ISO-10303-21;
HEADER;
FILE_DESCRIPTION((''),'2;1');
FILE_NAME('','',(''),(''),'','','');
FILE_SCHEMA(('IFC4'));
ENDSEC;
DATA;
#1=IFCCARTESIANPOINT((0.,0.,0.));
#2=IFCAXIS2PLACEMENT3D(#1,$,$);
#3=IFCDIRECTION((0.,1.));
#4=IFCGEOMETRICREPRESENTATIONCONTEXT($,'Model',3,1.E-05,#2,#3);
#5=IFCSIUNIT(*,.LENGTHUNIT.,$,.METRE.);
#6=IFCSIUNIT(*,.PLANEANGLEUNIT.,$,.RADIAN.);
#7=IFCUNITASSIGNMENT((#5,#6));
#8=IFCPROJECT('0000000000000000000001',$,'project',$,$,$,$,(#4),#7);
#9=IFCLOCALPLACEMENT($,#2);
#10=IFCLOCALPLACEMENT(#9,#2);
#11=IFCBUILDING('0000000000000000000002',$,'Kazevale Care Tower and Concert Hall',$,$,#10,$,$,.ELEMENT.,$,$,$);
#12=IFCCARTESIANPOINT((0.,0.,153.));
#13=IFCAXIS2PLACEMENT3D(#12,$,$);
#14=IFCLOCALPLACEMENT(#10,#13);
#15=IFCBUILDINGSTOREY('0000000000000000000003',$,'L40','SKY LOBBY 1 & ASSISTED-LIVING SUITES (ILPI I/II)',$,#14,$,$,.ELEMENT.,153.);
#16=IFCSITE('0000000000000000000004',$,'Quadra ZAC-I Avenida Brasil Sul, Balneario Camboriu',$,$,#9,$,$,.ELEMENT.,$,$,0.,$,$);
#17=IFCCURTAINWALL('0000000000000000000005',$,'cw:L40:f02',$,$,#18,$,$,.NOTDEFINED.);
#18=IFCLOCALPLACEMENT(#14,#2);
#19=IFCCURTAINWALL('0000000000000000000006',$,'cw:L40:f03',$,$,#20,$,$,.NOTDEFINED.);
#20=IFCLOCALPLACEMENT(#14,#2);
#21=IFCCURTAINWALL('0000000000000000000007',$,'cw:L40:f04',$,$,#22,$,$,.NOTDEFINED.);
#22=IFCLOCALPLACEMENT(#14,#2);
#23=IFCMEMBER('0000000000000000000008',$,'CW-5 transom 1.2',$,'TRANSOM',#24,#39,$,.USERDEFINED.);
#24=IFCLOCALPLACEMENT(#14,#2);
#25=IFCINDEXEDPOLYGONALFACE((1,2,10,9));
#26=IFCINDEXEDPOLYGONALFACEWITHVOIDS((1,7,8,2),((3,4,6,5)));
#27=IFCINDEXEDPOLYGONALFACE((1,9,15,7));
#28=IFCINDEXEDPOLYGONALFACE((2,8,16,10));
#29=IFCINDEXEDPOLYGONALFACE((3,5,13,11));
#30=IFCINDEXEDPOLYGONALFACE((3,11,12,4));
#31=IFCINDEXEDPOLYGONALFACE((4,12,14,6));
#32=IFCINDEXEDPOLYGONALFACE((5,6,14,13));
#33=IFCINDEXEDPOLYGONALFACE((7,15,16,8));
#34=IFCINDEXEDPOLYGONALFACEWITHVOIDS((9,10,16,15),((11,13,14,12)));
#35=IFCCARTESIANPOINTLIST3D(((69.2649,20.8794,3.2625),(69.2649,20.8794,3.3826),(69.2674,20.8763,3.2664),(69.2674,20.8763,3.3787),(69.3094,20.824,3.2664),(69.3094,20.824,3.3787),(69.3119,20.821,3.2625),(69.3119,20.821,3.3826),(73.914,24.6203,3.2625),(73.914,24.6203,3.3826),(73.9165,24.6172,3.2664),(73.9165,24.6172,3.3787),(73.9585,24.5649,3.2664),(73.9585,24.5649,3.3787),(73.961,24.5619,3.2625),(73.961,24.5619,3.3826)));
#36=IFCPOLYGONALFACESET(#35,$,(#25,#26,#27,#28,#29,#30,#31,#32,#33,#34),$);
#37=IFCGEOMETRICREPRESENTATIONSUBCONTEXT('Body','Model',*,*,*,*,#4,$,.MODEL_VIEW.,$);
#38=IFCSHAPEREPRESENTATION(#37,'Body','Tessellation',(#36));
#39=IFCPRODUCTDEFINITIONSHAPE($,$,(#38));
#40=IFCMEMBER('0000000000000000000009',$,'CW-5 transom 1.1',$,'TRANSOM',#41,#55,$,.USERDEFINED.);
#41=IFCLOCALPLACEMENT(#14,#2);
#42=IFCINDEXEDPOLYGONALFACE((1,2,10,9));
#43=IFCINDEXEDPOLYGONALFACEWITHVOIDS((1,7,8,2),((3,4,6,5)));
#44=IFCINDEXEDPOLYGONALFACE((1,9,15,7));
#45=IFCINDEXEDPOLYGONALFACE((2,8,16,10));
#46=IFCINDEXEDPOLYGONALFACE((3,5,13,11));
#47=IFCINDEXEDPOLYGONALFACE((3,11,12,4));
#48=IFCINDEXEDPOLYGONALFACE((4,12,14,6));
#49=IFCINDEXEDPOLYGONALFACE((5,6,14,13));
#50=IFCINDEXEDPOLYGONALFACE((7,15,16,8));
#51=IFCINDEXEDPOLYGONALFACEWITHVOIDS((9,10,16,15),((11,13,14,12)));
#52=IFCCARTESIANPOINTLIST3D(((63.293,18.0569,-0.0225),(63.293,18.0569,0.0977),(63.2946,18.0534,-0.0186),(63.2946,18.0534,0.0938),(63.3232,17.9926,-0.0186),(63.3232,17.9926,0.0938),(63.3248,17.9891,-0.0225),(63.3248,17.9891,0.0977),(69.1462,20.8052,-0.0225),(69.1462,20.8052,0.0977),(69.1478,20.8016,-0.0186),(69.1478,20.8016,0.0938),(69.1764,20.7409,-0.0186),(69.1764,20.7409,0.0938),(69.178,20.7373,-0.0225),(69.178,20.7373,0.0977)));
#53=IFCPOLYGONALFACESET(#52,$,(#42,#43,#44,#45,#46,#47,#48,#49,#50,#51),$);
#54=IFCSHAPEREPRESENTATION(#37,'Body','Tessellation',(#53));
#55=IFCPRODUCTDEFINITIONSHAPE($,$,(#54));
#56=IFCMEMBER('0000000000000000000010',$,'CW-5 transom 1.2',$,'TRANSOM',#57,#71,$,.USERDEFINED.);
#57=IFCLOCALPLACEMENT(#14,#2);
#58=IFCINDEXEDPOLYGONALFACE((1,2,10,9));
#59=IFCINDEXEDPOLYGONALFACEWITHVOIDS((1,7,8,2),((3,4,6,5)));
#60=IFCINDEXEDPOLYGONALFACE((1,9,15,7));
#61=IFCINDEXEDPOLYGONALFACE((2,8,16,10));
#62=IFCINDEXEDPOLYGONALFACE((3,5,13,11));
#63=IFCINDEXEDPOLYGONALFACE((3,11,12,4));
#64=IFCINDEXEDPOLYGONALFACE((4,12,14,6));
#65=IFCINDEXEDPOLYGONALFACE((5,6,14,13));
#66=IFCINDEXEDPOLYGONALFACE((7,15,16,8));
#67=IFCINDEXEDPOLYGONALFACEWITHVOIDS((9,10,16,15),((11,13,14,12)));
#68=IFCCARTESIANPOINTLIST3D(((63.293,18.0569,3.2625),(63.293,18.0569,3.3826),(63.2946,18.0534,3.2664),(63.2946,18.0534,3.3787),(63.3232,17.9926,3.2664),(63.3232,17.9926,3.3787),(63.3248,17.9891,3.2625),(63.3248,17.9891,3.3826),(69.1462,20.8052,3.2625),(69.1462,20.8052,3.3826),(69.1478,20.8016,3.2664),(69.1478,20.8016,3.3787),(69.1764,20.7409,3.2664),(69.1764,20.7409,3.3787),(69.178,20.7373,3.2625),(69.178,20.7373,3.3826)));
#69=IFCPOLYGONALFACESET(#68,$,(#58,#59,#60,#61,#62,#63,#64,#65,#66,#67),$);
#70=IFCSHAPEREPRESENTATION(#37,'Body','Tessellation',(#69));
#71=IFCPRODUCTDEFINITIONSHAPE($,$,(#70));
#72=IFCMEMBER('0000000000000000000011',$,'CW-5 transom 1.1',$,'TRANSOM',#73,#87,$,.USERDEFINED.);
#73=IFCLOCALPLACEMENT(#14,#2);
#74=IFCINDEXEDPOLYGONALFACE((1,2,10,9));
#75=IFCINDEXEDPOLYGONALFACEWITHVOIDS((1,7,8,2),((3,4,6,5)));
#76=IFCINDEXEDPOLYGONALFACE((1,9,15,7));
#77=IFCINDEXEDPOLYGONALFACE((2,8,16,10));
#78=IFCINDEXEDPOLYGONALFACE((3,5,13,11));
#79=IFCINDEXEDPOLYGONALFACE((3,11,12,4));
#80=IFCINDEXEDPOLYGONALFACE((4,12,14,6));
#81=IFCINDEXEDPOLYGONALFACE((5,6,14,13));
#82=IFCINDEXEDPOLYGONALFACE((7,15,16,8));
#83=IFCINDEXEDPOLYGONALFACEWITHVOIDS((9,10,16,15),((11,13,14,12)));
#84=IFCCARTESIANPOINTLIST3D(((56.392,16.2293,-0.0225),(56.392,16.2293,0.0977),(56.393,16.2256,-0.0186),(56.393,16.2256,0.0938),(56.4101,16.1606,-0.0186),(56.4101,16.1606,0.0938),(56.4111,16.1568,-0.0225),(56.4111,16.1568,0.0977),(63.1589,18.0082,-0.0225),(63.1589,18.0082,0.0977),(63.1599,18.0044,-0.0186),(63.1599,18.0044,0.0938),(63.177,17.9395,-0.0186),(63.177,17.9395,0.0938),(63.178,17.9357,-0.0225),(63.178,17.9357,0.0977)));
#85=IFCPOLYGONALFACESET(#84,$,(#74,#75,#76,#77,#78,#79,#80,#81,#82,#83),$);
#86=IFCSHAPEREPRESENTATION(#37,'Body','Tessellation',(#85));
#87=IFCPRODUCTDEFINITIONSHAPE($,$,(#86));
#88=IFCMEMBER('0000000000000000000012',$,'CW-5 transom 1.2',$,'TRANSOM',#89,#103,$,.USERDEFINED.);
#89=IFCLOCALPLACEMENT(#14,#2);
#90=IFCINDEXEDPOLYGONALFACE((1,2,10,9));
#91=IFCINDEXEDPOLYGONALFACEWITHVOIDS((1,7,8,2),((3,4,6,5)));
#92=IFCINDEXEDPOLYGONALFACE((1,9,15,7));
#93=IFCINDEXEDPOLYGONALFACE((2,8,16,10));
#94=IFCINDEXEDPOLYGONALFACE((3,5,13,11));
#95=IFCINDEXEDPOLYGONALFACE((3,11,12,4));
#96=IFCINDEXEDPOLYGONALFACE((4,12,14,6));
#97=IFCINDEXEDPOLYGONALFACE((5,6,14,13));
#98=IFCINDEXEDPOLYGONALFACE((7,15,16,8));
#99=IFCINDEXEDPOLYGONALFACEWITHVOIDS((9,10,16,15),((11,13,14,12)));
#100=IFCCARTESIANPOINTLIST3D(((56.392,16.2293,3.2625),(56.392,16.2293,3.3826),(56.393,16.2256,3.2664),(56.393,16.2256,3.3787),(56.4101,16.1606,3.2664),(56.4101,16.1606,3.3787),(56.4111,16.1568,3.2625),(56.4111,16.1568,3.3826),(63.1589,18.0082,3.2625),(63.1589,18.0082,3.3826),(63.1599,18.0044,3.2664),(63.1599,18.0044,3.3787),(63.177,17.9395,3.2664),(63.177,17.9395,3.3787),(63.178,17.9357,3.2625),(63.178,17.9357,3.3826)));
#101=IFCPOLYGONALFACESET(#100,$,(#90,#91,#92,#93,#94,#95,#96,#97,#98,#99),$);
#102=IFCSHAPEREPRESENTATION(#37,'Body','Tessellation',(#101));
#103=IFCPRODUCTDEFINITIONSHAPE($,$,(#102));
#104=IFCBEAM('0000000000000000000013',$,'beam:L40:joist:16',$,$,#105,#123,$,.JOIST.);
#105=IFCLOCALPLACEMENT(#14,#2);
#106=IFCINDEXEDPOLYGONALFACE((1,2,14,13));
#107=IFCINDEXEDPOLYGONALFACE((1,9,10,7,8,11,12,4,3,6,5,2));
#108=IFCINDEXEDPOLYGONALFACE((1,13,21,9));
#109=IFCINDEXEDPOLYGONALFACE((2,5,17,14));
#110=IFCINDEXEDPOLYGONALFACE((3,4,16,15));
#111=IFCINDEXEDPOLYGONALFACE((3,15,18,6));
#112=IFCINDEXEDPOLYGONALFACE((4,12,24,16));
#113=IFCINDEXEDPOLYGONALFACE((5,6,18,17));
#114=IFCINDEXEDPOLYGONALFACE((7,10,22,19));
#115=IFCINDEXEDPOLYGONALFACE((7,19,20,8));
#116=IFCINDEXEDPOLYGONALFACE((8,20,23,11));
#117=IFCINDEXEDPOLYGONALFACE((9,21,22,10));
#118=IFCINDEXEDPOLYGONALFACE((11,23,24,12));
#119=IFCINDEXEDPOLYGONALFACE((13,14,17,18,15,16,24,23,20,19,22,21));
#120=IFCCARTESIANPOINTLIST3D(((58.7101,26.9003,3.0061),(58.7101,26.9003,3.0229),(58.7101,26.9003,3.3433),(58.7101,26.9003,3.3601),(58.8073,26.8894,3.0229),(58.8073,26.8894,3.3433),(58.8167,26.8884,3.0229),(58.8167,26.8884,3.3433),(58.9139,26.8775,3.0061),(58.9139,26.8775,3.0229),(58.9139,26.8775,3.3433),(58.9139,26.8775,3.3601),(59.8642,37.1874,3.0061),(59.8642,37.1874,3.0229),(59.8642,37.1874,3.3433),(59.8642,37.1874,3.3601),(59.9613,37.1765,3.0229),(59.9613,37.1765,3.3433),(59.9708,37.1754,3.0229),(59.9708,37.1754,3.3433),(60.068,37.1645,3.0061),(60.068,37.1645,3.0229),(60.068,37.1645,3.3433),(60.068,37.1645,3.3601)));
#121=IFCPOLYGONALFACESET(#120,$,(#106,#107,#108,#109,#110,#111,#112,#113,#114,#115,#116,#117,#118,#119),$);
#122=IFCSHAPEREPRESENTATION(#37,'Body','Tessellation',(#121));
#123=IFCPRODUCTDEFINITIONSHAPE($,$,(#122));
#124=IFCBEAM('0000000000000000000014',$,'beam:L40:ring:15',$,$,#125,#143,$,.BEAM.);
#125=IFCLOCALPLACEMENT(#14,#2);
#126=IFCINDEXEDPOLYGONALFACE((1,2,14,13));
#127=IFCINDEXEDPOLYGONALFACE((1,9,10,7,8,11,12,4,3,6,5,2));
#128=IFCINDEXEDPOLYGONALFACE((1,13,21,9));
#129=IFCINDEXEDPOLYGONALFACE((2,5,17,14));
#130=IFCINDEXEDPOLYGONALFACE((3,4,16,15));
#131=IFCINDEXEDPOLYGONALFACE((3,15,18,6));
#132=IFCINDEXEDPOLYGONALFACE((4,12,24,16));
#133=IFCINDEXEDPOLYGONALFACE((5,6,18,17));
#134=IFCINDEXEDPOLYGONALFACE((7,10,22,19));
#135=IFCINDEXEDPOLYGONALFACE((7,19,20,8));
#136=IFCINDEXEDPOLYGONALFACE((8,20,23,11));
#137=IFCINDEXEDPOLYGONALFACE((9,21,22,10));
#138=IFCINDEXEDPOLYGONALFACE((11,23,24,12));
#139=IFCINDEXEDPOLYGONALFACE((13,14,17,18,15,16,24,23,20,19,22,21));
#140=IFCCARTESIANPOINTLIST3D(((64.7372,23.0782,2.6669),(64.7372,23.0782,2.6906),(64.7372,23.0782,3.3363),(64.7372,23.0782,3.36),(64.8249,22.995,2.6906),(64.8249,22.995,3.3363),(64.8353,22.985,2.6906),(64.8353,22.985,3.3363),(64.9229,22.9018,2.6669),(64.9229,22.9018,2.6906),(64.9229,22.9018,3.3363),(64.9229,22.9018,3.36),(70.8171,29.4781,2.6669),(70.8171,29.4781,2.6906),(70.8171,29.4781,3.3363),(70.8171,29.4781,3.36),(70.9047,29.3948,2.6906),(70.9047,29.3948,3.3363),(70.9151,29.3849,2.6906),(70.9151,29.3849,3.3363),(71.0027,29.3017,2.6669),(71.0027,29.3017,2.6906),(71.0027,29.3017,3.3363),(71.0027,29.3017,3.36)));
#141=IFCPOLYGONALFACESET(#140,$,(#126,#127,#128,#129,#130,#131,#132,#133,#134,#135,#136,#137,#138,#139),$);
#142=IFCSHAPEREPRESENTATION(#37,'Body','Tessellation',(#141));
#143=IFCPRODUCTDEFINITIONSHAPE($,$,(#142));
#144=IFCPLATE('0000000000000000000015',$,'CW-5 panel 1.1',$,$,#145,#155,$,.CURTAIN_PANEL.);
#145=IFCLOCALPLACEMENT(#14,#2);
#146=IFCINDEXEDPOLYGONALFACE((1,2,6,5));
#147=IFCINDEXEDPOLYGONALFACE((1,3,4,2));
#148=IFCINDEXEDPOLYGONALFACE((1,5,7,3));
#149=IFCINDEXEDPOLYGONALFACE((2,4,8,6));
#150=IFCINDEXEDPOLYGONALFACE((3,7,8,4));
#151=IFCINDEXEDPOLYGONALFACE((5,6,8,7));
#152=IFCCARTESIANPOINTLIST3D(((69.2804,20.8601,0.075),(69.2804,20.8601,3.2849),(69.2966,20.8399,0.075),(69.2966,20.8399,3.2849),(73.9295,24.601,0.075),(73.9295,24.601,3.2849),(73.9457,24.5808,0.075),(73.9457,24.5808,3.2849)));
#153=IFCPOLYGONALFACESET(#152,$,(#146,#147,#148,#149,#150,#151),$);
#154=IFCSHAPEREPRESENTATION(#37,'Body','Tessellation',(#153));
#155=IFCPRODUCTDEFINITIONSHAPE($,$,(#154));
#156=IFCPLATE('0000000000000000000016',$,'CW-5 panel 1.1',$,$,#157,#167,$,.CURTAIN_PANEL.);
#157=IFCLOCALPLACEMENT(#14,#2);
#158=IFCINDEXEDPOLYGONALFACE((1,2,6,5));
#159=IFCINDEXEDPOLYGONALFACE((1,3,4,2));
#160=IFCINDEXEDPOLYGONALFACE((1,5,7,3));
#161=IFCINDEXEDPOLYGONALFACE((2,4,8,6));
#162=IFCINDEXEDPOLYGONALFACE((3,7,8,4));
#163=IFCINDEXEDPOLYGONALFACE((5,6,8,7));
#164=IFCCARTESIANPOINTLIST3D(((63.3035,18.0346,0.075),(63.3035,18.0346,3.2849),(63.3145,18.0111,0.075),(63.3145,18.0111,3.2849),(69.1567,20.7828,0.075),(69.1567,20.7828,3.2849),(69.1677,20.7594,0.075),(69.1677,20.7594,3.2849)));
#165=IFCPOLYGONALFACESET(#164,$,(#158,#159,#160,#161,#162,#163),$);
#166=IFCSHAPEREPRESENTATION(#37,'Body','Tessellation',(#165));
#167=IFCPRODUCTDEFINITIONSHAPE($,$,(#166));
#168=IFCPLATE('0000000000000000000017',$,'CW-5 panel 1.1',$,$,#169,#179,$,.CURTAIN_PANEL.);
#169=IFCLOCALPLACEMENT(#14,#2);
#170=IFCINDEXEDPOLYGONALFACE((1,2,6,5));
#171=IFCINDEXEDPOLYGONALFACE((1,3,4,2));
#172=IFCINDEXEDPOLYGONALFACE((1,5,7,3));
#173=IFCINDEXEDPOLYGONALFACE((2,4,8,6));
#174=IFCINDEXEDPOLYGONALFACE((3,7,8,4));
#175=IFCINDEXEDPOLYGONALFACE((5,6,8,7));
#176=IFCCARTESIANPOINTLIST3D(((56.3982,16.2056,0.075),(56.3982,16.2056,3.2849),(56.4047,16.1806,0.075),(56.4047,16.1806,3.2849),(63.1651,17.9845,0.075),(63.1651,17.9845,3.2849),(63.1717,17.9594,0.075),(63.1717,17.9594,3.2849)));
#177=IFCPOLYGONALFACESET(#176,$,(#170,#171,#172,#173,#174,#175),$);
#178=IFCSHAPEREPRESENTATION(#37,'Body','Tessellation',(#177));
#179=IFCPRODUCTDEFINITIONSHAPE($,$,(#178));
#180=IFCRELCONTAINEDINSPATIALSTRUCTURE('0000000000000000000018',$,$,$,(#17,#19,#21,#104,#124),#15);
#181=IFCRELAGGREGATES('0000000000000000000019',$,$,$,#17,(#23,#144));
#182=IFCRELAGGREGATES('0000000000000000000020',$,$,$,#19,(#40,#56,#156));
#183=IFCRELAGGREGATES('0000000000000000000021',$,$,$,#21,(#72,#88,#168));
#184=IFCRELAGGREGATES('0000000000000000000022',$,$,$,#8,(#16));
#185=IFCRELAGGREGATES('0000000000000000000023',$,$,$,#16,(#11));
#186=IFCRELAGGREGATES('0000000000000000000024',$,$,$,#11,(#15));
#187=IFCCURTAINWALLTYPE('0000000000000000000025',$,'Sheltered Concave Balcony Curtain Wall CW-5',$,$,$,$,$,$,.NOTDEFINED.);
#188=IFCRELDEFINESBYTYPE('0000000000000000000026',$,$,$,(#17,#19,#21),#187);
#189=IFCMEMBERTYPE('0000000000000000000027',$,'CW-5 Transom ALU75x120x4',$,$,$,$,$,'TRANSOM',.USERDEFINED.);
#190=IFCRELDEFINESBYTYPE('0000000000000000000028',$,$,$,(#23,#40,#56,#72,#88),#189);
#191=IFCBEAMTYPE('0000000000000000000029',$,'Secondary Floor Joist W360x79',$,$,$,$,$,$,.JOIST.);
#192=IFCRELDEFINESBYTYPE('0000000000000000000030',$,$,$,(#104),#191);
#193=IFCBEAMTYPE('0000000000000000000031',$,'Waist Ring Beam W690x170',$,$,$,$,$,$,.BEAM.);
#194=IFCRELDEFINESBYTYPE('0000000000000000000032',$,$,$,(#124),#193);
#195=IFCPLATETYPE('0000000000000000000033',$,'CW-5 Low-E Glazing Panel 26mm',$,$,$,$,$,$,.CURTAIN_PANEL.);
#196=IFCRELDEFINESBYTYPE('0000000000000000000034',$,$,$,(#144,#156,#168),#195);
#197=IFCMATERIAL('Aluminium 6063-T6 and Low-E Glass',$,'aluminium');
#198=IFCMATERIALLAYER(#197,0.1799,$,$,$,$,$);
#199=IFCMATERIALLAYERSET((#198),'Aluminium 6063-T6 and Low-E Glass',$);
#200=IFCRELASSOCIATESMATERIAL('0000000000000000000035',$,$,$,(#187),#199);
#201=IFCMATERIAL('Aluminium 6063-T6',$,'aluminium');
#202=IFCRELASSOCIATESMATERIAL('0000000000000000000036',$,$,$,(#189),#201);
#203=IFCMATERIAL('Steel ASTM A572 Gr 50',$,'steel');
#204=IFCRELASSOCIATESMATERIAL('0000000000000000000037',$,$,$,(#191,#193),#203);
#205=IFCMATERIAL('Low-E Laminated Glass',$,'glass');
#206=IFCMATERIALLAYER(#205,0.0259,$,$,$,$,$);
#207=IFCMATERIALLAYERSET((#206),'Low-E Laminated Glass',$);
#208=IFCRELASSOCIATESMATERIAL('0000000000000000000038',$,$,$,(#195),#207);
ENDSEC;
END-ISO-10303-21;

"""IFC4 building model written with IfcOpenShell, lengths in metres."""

from ifc_helpers import new_model, si_unit, direction, frame, origin, origin_2d, place, context, subcontext, project, spatial, rectangle, hollow_rectangle, i_section, extrude, material, layer, layer_set, material_profile, profile_set, type_object, element, aggregate, save


model = new_model("IFC4")

# Units and contexts
model_context = context("Model", 3, precision=1e-05, world=origin(), true_north=direction((0.0, 1.0)))
body_context = subcontext(model_context, "Body", "Model", "MODEL_VIEW")
ifc_project = project(units=[si_unit("LENGTHUNIT", "METRE"), si_unit("PLANEANGLEUNIT", "RADIAN")], contexts=[model_context])

# Site, building, storey
site_placement = place(None, origin())
site = spatial("IfcSite", under=ifc_project, at=site_placement, Name="Quadra ZAC-I Avenida Brasil Sul, Balneario Camboriu", CompositionType="ELEMENT", RefElevation=0.0)
building_placement = place(site_placement, origin())
building = spatial("IfcBuilding", under=site, at=building_placement, Name="Kazevale Care Tower and Concert Hall", CompositionType="ELEMENT")
storey_placement = place(building_placement, frame((0.0, 0.0, 153.0)))
storey = spatial("IfcBuildingStorey", under=building, at=storey_placement, Name="L40", Description="SKY LOBBY 1 & ASSISTED-LIVING SUITES (ILPI I/II)", CompositionType="ELEMENT", Elevation=153.0)

# Shared definitions
ifc_material_1 = material(Name="Aluminium 6063-T6 and Low-E Glass", Category="aluminium")
ifc_material_2 = material(Name="Aluminium 6063-T6", Category="aluminium")

# Curtain walls
ifc_layer_1 = layer(ifc_material_1, 0.1799)
ifc_layer_set_1 = layer_set([ifc_layer_1], Name="Aluminium 6063-T6 and Low-E Glass")
curtain_wall_type_1 = type_object("IfcCurtainWallType", Name="Sheltered Concave Balcony Curtain Wall CW-5", PredefinedType="NOTDEFINED", material=ifc_layer_set_1)
curtain_wall_1_placement = place(storey_placement, origin())
curtain_wall_1 = element("IfcCurtainWall", 1, at=curtain_wall_1_placement, inside=storey, type_object=curtain_wall_type_1, Name="cw:L40:f02", PredefinedType="NOTDEFINED")
curtain_wall_2_placement = place(storey_placement, origin())
curtain_wall_2 = element("IfcCurtainWall", 2, at=curtain_wall_2_placement, inside=storey, type_object=curtain_wall_type_1, Name="cw:L40:f03", PredefinedType="NOTDEFINED")

# Curtain wall
curtain_wall_3_placement = place(storey_placement, origin())
curtain_wall_3 = element("IfcCurtainWall", 3, at=curtain_wall_3_placement, inside=storey, type_object=curtain_wall_type_1, Name="cw:L40:f04", PredefinedType="NOTDEFINED")

# Members
ifc_material_profile_1 = material_profile(ifc_material_2, hollow_rectangle(XDim=0.075, YDim=0.1201, WallThickness=0.0039, at=origin_2d()), Name="ALU75x120x4")
ifc_profile_set_1 = profile_set([ifc_material_profile_1], Name="Aluminium 6063-T6")
member_type_1 = type_object("IfcMemberType", Name="CW-5 Transom ALU75x120x4", ElementType="TRANSOM", PredefinedType="USERDEFINED", material=ifc_profile_set_1)
member_1_placement = place(storey_placement, frame((73.9375, 24.5911, 3.3225), z_axis=(-0.779097, -0.626903, 0.0), x_axis=(0.626903, -0.779097, 0.0)))
member_1 = element("IfcMember", 4, at=member_1_placement, type_object=member_type_1, Name="CW-5 transom 1.2", ObjectType="TRANSOM", PredefinedType="USERDEFINED", context=body_context, shape_type="SweptSolid", body=[
    extrude(hollow_rectangle(XDim=0.075, YDim=0.1201, WallThickness=0.0039, at=origin_2d()), origin(), (0.0, 0.0, 1.0), 5.9673),
])
member_2_placement = place(storey_placement, frame((69.1621, 20.7712, 0.0376), z_axis=(-0.905187, -0.425013, 0.0), x_axis=(0.425013, -0.905187, 0.0)))
member_2 = element("IfcMember", 5, at=member_2_placement, type_object=member_type_1, Name="CW-5 transom 1.1", ObjectType="TRANSOM", PredefinedType="USERDEFINED", context=body_context, shape_type="SweptSolid", body=[
    extrude(hollow_rectangle(XDim=0.075, YDim=0.1201, WallThickness=0.0039, at=origin_2d()), origin(), (0.0, 0.0, 1.0), 6.4663),
])
member_3_placement = place(storey_placement, frame((69.1621, 20.7712, 3.3225), z_axis=(-0.905187, -0.425013, 0.0), x_axis=(0.425013, -0.905187, 0.0)))
member_3 = element("IfcMember", 6, at=member_3_placement, type_object=member_type_1, Name="CW-5 transom 1.2", ObjectType="TRANSOM", PredefinedType="USERDEFINED", context=body_context, shape_type="SweptSolid", body=[
    extrude(hollow_rectangle(XDim=0.075, YDim=0.1201, WallThickness=0.0039, at=origin_2d()), origin(), (0.0, 0.0, 1.0), 6.4663),
])
member_4_placement = place(storey_placement, frame((63.1685, 17.9719, 0.0376), z_axis=(-0.967143, -0.254234, 0.0), x_axis=(0.254234, -0.967143, 0.0)))
member_4 = element("IfcMember", 7, at=member_4_placement, type_object=member_type_1, Name="CW-5 transom 1.1", ObjectType="TRANSOM", PredefinedType="USERDEFINED", context=body_context, shape_type="SweptSolid", body=[
    extrude(hollow_rectangle(XDim=0.075, YDim=0.1201, WallThickness=0.0039, at=origin_2d()), origin(), (0.0, 0.0, 1.0), 6.9968),
])
member_5_placement = place(storey_placement, frame((63.1685, 17.9719, 3.3225), z_axis=(-0.967143, -0.254234, 0.0), x_axis=(0.254234, -0.967143, 0.0)))
member_5 = element("IfcMember", 8, at=member_5_placement, type_object=member_type_1, Name="CW-5 transom 1.2", ObjectType="TRANSOM", PredefinedType="USERDEFINED", context=body_context, shape_type="SweptSolid", body=[
    extrude(hollow_rectangle(XDim=0.075, YDim=0.1201, WallThickness=0.0039, at=origin_2d()), origin(), (0.0, 0.0, 1.0), 6.9968),
])

# Beams
ifc_material_3 = material(Name="Steel ASTM A572 Gr 50", Category="steel")
ifc_material_profile_2 = material_profile(ifc_material_3, i_section(OverallWidth=0.2051, OverallDepth=0.354, WebThickness=0.0095, FlangeThickness=0.0168, at=origin_2d()), Name="W360x79")
ifc_profile_set_2 = profile_set([ifc_material_profile_2], Name="Steel ASTM A572 Gr 50")
beam_type_1 = type_object("IfcBeamType", Name="Secondary Floor Joist W360x79", PredefinedType="JOIST", material=ifc_profile_set_2)
beam_1_placement = place(storey_placement, frame((58.812, 26.8889, 3.1831), z_axis=(0.111485, 0.993766, 0.0), x_axis=(-0.993766, 0.111485, 0.0)))
element("IfcBeam", 9, at=beam_1_placement, inside=storey, type_object=beam_type_1, Name="beam:L40:joist:16", PredefinedType="JOIST", context=body_context, shape_type="SweptSolid", body=[
    extrude(i_section(OverallWidth=0.2051, OverallDepth=0.354, WebThickness=0.0095, FlangeThickness=0.0168, at=origin_2d()), origin(), (0.0, 0.0, 1.0), 10.3516),
])
ifc_material_profile_3 = material_profile(ifc_material_3, i_section(OverallWidth=0.2561, OverallDepth=0.6931, WebThickness=0.0144, FlangeThickness=0.0237, at=origin_2d()), Name="W690x170")
ifc_profile_set_3 = profile_set([ifc_material_profile_3], Name="Steel ASTM A572 Gr 50")
beam_type_2 = type_object("IfcBeamType", Name="Waist Ring Beam W690x170", PredefinedType="BEAM", material=ifc_profile_set_3)
beam_2_placement = place(storey_placement, frame((64.8301, 22.99, 3.0134), z_axis=(0.688745, 0.725004, 0.0), x_axis=(-0.725004, 0.688745, 0.0)))
element("IfcBeam", 10, at=beam_2_placement, inside=storey, type_object=beam_type_2, Name="beam:L40:ring:15", PredefinedType="BEAM", context=body_context, shape_type="SweptSolid", body=[
    extrude(i_section(OverallWidth=0.2561, OverallDepth=0.6931, WebThickness=0.0144, FlangeThickness=0.0237, at=origin_2d()), origin(), (0.0, 0.0, 1.0), 8.8274),
])

# Plates
ifc_material_4 = material(Name="Low-E Laminated Glass", Category="glass")
ifc_layer_2 = layer(ifc_material_4, 0.0259)
ifc_layer_set_2 = layer_set([ifc_layer_2], Name="Low-E Laminated Glass")
plate_type = type_object("IfcPlateType", Name="CW-5 Low-E Glazing Panel 26mm", PredefinedType="CURTAIN_PANEL", material=ifc_layer_set_2)
plate_1_placement = place(storey_placement, frame((71.613, 22.7205, 0.075), z_axis=(0.0, 0.0, 1.0), x_axis=(-0.779095, -0.626905, 0.0)))
plate_1 = element("IfcPlate", 11, at=plate_1_placement, type_object=plate_type, Name="CW-5 panel 1.1", PredefinedType="CURTAIN_PANEL", context=body_context, shape_type="SweptSolid", body=[
    extrude(rectangle(XDim=5.9673, YDim=0.0259, at=origin_2d()), origin(), (0.0, 0.0, 1.0), 3.21),
])
aggregate(curtain_wall_1, [member_1, plate_1])
plate_2_placement = place(storey_placement, frame((66.2356, 19.397, 0.075), z_axis=(0.0, 0.0, 1.0), x_axis=(-0.905188, -0.425011, 0.0)))
plate_2 = element("IfcPlate", 12, at=plate_2_placement, type_object=plate_type, Name="CW-5 panel 1.1", PredefinedType="CURTAIN_PANEL", context=body_context, shape_type="SweptSolid", body=[
    extrude(rectangle(XDim=6.4663, YDim=0.0259, at=origin_2d()), origin(), (0.0, 0.0, 1.0), 3.21),
])
aggregate(curtain_wall_2, [member_2, member_3, plate_2])
plate_3_placement = place(storey_placement, frame((59.7849, 17.0825, 0.075), z_axis=(0.0, 0.0, 1.0), x_axis=(-0.967142, -0.254238, 0.0)))
plate_3 = element("IfcPlate", 13, at=plate_3_placement, type_object=plate_type, Name="CW-5 panel 1.1", PredefinedType="CURTAIN_PANEL", context=body_context, shape_type="SweptSolid", body=[
    extrude(rectangle(XDim=6.9968, YDim=0.0259, at=origin_2d()), origin(), (0.0, 0.0, 1.0), 3.21),
])
aggregate(curtain_wall_3, [member_4, member_5, plate_3])

save(model, "model.ifc")
